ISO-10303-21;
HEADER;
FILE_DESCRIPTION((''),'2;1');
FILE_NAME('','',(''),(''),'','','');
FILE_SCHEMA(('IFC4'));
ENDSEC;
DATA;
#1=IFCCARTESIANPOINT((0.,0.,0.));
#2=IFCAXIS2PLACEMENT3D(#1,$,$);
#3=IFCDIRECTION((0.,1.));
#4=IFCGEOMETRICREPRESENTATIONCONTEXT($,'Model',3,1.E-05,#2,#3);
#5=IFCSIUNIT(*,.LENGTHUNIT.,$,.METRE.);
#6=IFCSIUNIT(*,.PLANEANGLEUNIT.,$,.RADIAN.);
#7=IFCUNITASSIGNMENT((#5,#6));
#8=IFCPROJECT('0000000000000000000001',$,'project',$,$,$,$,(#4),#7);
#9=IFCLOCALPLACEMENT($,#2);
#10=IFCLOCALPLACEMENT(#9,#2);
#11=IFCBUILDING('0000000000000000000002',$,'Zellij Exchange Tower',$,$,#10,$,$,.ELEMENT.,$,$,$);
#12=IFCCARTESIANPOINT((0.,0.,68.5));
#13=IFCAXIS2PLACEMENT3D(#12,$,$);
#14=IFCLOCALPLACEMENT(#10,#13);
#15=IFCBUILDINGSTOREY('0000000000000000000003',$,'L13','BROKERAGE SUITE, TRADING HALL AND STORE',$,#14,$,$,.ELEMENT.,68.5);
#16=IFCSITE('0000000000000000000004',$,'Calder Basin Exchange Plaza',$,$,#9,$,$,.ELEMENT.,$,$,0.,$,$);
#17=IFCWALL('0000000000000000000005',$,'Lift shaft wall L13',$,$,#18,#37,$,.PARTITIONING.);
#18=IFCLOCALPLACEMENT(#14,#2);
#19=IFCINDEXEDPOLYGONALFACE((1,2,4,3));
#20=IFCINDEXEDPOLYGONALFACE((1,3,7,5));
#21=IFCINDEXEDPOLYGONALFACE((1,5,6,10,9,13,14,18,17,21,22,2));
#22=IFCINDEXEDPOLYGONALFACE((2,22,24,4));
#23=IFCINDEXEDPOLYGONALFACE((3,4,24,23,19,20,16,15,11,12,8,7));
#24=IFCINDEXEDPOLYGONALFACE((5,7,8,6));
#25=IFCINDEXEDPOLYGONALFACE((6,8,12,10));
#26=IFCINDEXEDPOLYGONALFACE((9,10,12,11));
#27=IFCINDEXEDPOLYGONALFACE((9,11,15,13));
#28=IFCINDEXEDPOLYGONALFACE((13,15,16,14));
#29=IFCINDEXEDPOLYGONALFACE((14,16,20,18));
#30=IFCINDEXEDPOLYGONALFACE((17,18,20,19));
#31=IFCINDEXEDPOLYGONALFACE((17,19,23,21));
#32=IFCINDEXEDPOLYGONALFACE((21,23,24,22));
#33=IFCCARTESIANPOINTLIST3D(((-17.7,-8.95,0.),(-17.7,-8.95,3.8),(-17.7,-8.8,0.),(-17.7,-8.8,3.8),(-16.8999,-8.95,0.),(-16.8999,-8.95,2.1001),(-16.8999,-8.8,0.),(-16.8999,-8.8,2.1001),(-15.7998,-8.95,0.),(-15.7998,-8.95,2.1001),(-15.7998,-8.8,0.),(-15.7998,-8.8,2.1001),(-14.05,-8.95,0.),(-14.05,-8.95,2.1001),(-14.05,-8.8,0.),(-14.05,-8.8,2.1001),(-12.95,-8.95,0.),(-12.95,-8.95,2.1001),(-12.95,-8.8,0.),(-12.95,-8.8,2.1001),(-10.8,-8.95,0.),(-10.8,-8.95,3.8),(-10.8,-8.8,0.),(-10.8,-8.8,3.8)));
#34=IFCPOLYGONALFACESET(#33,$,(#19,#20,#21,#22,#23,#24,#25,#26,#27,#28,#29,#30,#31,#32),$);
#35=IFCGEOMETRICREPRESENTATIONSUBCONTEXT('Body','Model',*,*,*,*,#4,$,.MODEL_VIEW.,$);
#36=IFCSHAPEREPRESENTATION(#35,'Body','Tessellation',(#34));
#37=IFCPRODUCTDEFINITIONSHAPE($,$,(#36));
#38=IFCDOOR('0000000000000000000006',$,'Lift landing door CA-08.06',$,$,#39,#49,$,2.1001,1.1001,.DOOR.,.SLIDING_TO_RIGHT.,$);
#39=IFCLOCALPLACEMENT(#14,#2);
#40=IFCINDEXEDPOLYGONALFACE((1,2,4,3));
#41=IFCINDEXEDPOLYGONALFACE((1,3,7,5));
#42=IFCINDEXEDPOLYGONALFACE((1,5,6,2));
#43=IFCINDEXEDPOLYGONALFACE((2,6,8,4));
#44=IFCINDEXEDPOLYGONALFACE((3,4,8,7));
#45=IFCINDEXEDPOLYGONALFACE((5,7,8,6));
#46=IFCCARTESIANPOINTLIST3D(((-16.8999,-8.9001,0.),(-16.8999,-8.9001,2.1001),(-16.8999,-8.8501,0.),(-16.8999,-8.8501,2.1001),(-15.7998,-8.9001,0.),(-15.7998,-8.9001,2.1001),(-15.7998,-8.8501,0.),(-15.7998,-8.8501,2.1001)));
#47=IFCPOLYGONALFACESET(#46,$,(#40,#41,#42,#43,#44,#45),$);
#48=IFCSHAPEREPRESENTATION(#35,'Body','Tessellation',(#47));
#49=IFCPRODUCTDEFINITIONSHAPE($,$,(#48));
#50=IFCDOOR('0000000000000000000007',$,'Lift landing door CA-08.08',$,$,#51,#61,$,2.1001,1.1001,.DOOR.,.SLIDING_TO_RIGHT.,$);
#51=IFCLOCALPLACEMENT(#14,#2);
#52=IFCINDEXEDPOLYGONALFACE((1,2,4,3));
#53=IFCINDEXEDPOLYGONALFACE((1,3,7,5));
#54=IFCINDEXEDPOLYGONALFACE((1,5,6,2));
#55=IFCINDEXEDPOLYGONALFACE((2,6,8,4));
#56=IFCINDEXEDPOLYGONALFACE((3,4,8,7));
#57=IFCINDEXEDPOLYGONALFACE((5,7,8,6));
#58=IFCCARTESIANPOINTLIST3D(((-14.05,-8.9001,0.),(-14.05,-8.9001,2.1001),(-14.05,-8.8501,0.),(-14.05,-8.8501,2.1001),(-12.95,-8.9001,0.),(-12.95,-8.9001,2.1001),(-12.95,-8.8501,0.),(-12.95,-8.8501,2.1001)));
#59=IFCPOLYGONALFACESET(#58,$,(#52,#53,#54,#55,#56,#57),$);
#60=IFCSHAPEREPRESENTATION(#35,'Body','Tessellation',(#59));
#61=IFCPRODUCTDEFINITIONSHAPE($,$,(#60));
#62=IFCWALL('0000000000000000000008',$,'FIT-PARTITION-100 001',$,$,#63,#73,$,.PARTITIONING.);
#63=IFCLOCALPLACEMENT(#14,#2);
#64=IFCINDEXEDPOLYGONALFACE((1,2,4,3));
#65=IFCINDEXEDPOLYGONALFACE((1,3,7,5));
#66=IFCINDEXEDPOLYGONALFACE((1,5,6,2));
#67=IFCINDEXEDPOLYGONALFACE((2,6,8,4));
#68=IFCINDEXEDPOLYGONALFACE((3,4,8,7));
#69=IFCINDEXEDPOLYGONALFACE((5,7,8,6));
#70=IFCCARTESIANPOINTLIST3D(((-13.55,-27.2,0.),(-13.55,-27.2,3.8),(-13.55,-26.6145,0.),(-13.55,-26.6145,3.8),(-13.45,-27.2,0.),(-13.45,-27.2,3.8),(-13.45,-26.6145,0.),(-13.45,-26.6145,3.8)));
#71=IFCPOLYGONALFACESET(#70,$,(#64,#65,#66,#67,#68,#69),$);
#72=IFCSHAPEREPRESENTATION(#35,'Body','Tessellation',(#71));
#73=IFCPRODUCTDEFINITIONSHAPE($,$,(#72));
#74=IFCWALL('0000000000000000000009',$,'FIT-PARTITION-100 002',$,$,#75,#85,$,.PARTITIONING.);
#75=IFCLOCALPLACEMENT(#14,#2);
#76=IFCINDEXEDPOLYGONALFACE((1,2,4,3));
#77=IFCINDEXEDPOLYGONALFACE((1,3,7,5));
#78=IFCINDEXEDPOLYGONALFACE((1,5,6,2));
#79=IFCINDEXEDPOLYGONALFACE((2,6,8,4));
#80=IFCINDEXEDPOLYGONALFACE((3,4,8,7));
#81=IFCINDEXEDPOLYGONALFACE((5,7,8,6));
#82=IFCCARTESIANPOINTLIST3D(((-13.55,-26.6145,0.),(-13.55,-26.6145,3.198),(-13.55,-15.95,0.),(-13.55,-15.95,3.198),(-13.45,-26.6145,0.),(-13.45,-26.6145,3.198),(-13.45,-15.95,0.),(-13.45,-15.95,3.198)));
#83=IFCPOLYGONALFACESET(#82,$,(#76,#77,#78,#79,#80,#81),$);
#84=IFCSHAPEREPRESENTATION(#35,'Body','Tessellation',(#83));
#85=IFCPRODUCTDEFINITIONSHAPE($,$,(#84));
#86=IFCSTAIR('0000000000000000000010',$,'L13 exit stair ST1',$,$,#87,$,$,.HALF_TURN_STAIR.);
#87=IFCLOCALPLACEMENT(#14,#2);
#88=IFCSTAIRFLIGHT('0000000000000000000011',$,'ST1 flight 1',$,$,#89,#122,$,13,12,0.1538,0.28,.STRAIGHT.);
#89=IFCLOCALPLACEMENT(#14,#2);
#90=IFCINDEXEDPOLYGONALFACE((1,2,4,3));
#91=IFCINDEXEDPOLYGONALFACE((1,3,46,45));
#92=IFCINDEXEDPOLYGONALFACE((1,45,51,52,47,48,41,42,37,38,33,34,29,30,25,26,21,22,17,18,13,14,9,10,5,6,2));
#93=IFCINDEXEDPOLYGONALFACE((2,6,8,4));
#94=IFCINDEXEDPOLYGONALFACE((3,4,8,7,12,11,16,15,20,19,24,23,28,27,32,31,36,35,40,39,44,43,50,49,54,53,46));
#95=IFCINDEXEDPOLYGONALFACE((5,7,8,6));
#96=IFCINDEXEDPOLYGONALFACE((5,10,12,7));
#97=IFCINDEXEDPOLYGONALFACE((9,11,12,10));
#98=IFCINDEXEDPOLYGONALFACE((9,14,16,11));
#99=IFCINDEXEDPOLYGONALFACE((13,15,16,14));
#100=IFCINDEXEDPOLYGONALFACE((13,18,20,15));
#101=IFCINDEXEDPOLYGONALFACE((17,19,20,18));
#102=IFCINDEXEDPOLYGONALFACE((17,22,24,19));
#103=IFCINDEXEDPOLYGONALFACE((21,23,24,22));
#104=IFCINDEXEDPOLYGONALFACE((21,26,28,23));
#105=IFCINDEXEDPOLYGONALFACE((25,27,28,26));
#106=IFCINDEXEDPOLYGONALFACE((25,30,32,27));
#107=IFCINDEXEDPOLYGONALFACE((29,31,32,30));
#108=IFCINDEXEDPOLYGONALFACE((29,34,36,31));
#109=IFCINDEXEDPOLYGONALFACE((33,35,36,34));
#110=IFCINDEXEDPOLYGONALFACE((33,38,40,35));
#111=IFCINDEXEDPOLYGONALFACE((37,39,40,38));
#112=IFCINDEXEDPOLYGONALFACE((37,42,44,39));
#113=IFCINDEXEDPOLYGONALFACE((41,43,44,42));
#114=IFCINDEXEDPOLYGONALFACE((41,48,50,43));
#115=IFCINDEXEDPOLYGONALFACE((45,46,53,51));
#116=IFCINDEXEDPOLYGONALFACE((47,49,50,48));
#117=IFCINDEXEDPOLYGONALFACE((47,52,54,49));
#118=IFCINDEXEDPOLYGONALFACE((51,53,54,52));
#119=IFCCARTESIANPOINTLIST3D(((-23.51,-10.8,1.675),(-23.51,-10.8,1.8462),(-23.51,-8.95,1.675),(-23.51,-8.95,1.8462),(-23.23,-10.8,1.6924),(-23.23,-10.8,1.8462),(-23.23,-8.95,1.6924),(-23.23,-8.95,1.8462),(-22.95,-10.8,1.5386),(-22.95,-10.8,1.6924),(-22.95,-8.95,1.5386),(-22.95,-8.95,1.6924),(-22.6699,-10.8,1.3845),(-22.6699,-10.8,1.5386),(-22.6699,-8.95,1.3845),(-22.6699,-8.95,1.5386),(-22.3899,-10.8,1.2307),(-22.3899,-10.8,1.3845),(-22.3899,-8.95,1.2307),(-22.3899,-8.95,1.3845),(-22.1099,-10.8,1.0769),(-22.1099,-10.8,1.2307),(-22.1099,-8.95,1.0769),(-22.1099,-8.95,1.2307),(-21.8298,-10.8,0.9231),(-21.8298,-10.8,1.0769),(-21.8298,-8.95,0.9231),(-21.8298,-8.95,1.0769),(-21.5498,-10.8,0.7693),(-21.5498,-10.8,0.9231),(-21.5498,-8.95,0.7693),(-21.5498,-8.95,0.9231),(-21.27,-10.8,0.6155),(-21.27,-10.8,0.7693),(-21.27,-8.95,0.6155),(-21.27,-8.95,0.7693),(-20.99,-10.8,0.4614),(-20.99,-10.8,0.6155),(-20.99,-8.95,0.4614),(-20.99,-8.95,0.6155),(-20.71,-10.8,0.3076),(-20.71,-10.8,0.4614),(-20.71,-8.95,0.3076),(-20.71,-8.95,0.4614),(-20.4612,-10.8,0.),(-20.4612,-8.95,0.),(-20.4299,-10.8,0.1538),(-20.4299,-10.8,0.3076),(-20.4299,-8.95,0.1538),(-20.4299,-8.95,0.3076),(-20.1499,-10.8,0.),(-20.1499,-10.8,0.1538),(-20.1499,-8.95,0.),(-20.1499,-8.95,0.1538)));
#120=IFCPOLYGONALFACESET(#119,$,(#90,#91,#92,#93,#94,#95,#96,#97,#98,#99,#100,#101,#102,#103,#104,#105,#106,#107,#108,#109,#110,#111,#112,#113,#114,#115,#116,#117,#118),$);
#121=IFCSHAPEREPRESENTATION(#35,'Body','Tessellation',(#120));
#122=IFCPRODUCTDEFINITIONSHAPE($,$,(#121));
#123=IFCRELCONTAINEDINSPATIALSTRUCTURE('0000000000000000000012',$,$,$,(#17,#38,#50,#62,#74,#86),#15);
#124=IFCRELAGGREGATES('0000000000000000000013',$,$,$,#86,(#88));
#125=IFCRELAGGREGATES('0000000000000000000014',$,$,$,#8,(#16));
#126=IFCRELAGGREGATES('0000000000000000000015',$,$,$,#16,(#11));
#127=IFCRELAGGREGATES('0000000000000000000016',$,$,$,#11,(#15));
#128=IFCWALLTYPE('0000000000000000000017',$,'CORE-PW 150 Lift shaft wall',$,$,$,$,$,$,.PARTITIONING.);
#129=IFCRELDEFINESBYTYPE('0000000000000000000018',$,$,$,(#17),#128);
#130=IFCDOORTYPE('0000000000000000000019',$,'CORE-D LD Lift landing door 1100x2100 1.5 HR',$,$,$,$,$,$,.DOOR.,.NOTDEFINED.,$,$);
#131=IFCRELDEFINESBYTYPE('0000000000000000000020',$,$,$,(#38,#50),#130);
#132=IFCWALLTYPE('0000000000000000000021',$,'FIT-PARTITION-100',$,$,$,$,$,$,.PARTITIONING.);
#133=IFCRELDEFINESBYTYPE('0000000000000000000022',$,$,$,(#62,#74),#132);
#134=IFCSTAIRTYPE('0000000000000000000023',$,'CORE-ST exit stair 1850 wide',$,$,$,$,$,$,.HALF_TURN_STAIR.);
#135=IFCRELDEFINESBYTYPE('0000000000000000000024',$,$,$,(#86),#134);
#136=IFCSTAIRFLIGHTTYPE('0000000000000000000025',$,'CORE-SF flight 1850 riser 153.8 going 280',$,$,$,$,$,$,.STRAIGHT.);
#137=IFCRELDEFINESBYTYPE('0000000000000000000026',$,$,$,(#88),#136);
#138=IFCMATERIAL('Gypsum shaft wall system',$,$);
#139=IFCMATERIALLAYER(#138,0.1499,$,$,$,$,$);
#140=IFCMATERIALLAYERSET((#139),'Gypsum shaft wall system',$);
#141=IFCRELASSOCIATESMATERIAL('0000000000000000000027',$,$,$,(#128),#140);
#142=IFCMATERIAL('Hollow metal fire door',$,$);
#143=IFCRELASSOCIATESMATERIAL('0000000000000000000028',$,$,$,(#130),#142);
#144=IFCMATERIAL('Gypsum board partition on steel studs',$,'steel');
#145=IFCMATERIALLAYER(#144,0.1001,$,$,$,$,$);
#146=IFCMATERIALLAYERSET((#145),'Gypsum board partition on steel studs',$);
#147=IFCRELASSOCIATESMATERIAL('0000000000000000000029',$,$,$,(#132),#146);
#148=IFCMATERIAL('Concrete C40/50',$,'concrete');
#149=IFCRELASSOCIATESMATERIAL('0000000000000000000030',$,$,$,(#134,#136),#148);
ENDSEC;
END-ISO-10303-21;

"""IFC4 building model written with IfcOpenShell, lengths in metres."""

from ifc_helpers import new_model, si_unit, direction, frame, frame_2d, origin, place, context, subcontext, project, spatial, polyline, rectangle, outline, extrude, material, layer, layer_set, type_object, element, fill, aggregate, save


model = new_model("IFC4")

# Units and contexts
model_context = context("Model", 3, precision=1e-05, world=origin(), true_north=direction((0.0, 1.0)))
body_context = subcontext(model_context, "Body", "Model", "MODEL_VIEW")
ifc_project = project(units=[si_unit("LENGTHUNIT", "METRE"), si_unit("PLANEANGLEUNIT", "RADIAN")], contexts=[model_context])

# Site, building, storey
site_placement = place(None, origin())
site = spatial("IfcSite", under=ifc_project, at=site_placement, Name="Calder Basin Exchange Plaza", CompositionType="ELEMENT", RefElevation=0.0)
building_placement = place(site_placement, origin())
building = spatial("IfcBuilding", under=site, at=building_placement, Name="Zellij Exchange Tower", CompositionType="ELEMENT")
storey_placement = place(building_placement, frame((0.0, 0.0, 68.5)))
storey = spatial("IfcBuildingStorey", under=building, at=storey_placement, Name="L13", Description="BROKERAGE SUITE, TRADING HALL AND STORE", CompositionType="ELEMENT", Elevation=68.5)

# Shared definitions
ifc_material_1 = material(Name="Hollow metal fire door")

# Shared definitions
ifc_material_2 = material(Name="Gypsum shaft wall system")
ifc_layer_1 = layer(ifc_material_2, 0.1499)
ifc_layer_set_1 = layer_set([ifc_layer_1], Name="Gypsum shaft wall system")
wall_type_1 = type_object("IfcWallType", Name="CORE-PW 150 Lift shaft wall", PredefinedType="PARTITIONING", material=ifc_layer_set_1)

# Wall, openings, doors
wall_1_placement = place(storey_placement, frame((-17.7, -8.875, 0.0), z_axis=(0.0, 0.0, 1.0), x_axis=(1.0, 0.0, 0.0)))
wall_1 = element("IfcWall", 1, at=wall_1_placement, inside=storey, type_object=wall_type_1, Name="Lift shaft wall L13", PredefinedType="PARTITIONING", context=body_context, shape_type="SweptSolid", body=[
    extrude(rectangle(XDim=6.8999, YDim=0.1499, at=frame_2d((3.45, 0.0))), origin(), (0.0, 0.0, 1.0), 3.8),
])
opening_1_placement = place(wall_1_placement, frame((0.8, 0.0, 0.0)))
opening_1 = element("IfcOpeningElement", 2, at=opening_1_placement, cuts=wall_1, PredefinedType="OPENING", context=body_context, shape_type="SweptSolid", body=[
    extrude(rectangle(XDim=1.1001, YDim=2.1001, at=frame_2d((0.55, 1.05))), frame((0.0, 0.0869, 0.0), z_axis=(0.0, -1.0, 0.0), x_axis=(1.0, 0.0, 0.0)), (0.0, 0.0, 1.0), 0.1738),
])
opening_2_placement = place(wall_1_placement, frame((3.6499, 0.0, 0.0)))
opening_2 = element("IfcOpeningElement", 3, at=opening_2_placement, cuts=wall_1, PredefinedType="OPENING", context=body_context, shape_type="SweptSolid", body=[
    extrude(rectangle(XDim=1.1001, YDim=2.1001, at=frame_2d((0.55, 1.05))), frame((0.0, 0.0869, 0.0), z_axis=(0.0, -1.0, 0.0), x_axis=(1.0, 0.0, 0.0)), (0.0, 0.0, 1.0), 0.1738),
])
door_type_1 = type_object("IfcDoorType", Name="CORE-D LD Lift landing door 1100x2100 1.5 HR", OperationType="NOTDEFINED", PredefinedType="DOOR", material=ifc_material_1)
door_1_placement = place(opening_1_placement, origin())
door_1 = element("IfcDoor", 4, at=door_1_placement, inside=storey, type_object=door_type_1, Name="Lift landing door CA-08.06", OperationType="SLIDING_TO_RIGHT", OverallHeight=2.1001, OverallWidth=1.1001, PredefinedType="DOOR", context=body_context, shape_type="SweptSolid", body=[
    extrude(rectangle(XDim=1.1001, YDim=2.1001, at=frame_2d((0.55, 1.05))), frame((0.0, 0.0249, 0.0), z_axis=(0.0, -1.0, 0.0), x_axis=(1.0, 0.0, 0.0)), (0.0, 0.0, 1.0), 0.05),
])
fill(opening_1, door_1)
door_2_placement = place(opening_2_placement, origin())
door_2 = element("IfcDoor", 5, at=door_2_placement, inside=storey, type_object=door_type_1, Name="Lift landing door CA-08.08", OperationType="SLIDING_TO_RIGHT", OverallHeight=2.1001, OverallWidth=1.1001, PredefinedType="DOOR", context=body_context, shape_type="SweptSolid", body=[
    extrude(rectangle(XDim=1.1001, YDim=2.1001, at=frame_2d((0.55, 1.05))), frame((0.0, 0.0249, 0.0), z_axis=(0.0, -1.0, 0.0), x_axis=(1.0, 0.0, 0.0)), (0.0, 0.0, 1.0), 0.05),
])
fill(opening_2, door_2)

# Walls
ifc_material_3 = material(Name="Gypsum board partition on steel studs", Category="steel")
ifc_layer_2 = layer(ifc_material_3, 0.1001)
ifc_layer_set_2 = layer_set([ifc_layer_2], Name="Gypsum board partition on steel studs")
wall_type_2 = type_object("IfcWallType", Name="FIT-PARTITION-100", PredefinedType="PARTITIONING", material=ifc_layer_set_2)
wall_2_placement = place(storey_placement, frame((-13.5, -27.2, 0.0), z_axis=(0.0, 0.0, 1.0), x_axis=(0.0, 1.0, 0.0)))
element("IfcWall", 6, at=wall_2_placement, inside=storey, type_object=wall_type_2, Name="FIT-PARTITION-100 001", PredefinedType="PARTITIONING", context=body_context, shape_type="SweptSolid", body=[
    extrude(rectangle(XDim=0.5854, YDim=0.1001, at=frame_2d((0.2927, 0.0))), origin(), (0.0, 0.0, 1.0), 3.8),
])
wall_3_placement = place(storey_placement, frame((-13.5, -26.6145, 0.0), z_axis=(0.0, 0.0, 1.0), x_axis=(0.0, 1.0, 0.0)))
element("IfcWall", 7, at=wall_3_placement, inside=storey, type_object=wall_type_2, Name="FIT-PARTITION-100 002", PredefinedType="PARTITIONING", context=body_context, shape_type="SweptSolid", body=[
    extrude(rectangle(XDim=10.6646, YDim=0.1001, at=frame_2d((5.3323, 0.0))), origin(), (0.0, 0.0, 1.0), 3.198),
])

# Stair, stair flight
ifc_material_4 = material(Name="Concrete C40/50", Category="concrete")
stair_type = type_object("IfcStairType", Name="CORE-ST exit stair 1850 wide", PredefinedType="HALF_TURN_STAIR", material=ifc_material_4)
stair_placement = place(storey_placement, origin())
stair = element("IfcStair", 8, at=stair_placement, inside=storey, type_object=stair_type, Name="L13 exit stair ST1", PredefinedType="HALF_TURN_STAIR")
stair_flight_type = type_object("IfcStairFlightType", Name="CORE-SF flight 1850 riser 153.8 going 280", PredefinedType="STRAIGHT", material=ifc_material_4)
stair_flight_placement = place(storey_placement, frame((-20.1499, -9.875, 0.0), z_axis=(0.0, 0.0, 1.0), x_axis=(-1.0, 0.0, 0.0)))
stair_flight = element("IfcStairFlight", 9, at=stair_flight_placement, type_object=stair_flight_type, Name="ST1 flight 1", NumberOfRisers=13, NumberOfTreads=12, PredefinedType="STRAIGHT", RiserHeight=0.1538, TreadLength=0.28, context=body_context, shape_type="SweptSolid", body=[
    extrude(outline(polyline([(0.0, 0.0), (0.0, 0.1538), (0.28, 0.1538), (0.28, 0.3076), (0.5601, 0.3076), (0.5601, 0.4614), (0.8401, 0.4614), (0.8401, 0.6155), (1.1201, 0.6155), (1.1201, 0.7693), (1.3999, 0.7693), (1.3999, 0.9231), (1.6799, 0.9231), (1.6799, 1.0769), (1.96, 1.0769), (1.96, 1.2307), (2.24, 1.2307), (2.24, 1.3845), (2.52, 1.3845), (2.52, 1.5386), (2.8, 1.5386), (2.8, 1.6924), (3.0801, 1.6924), (3.0801, 1.8462), (3.3601, 1.8462), (3.3601, 2.0), (3.3601, 1.675), (0.3113, 0.0), (0.0, 0.0)])), frame((0.0, 0.925, 0.0), z_axis=(0.0, -1.0, 0.0), x_axis=(1.0, 0.0, 0.0)), (0.0, 0.0, 1.0), 1.8501),
])
aggregate(stair, [stair_flight])

save(model, "model.ifc")
